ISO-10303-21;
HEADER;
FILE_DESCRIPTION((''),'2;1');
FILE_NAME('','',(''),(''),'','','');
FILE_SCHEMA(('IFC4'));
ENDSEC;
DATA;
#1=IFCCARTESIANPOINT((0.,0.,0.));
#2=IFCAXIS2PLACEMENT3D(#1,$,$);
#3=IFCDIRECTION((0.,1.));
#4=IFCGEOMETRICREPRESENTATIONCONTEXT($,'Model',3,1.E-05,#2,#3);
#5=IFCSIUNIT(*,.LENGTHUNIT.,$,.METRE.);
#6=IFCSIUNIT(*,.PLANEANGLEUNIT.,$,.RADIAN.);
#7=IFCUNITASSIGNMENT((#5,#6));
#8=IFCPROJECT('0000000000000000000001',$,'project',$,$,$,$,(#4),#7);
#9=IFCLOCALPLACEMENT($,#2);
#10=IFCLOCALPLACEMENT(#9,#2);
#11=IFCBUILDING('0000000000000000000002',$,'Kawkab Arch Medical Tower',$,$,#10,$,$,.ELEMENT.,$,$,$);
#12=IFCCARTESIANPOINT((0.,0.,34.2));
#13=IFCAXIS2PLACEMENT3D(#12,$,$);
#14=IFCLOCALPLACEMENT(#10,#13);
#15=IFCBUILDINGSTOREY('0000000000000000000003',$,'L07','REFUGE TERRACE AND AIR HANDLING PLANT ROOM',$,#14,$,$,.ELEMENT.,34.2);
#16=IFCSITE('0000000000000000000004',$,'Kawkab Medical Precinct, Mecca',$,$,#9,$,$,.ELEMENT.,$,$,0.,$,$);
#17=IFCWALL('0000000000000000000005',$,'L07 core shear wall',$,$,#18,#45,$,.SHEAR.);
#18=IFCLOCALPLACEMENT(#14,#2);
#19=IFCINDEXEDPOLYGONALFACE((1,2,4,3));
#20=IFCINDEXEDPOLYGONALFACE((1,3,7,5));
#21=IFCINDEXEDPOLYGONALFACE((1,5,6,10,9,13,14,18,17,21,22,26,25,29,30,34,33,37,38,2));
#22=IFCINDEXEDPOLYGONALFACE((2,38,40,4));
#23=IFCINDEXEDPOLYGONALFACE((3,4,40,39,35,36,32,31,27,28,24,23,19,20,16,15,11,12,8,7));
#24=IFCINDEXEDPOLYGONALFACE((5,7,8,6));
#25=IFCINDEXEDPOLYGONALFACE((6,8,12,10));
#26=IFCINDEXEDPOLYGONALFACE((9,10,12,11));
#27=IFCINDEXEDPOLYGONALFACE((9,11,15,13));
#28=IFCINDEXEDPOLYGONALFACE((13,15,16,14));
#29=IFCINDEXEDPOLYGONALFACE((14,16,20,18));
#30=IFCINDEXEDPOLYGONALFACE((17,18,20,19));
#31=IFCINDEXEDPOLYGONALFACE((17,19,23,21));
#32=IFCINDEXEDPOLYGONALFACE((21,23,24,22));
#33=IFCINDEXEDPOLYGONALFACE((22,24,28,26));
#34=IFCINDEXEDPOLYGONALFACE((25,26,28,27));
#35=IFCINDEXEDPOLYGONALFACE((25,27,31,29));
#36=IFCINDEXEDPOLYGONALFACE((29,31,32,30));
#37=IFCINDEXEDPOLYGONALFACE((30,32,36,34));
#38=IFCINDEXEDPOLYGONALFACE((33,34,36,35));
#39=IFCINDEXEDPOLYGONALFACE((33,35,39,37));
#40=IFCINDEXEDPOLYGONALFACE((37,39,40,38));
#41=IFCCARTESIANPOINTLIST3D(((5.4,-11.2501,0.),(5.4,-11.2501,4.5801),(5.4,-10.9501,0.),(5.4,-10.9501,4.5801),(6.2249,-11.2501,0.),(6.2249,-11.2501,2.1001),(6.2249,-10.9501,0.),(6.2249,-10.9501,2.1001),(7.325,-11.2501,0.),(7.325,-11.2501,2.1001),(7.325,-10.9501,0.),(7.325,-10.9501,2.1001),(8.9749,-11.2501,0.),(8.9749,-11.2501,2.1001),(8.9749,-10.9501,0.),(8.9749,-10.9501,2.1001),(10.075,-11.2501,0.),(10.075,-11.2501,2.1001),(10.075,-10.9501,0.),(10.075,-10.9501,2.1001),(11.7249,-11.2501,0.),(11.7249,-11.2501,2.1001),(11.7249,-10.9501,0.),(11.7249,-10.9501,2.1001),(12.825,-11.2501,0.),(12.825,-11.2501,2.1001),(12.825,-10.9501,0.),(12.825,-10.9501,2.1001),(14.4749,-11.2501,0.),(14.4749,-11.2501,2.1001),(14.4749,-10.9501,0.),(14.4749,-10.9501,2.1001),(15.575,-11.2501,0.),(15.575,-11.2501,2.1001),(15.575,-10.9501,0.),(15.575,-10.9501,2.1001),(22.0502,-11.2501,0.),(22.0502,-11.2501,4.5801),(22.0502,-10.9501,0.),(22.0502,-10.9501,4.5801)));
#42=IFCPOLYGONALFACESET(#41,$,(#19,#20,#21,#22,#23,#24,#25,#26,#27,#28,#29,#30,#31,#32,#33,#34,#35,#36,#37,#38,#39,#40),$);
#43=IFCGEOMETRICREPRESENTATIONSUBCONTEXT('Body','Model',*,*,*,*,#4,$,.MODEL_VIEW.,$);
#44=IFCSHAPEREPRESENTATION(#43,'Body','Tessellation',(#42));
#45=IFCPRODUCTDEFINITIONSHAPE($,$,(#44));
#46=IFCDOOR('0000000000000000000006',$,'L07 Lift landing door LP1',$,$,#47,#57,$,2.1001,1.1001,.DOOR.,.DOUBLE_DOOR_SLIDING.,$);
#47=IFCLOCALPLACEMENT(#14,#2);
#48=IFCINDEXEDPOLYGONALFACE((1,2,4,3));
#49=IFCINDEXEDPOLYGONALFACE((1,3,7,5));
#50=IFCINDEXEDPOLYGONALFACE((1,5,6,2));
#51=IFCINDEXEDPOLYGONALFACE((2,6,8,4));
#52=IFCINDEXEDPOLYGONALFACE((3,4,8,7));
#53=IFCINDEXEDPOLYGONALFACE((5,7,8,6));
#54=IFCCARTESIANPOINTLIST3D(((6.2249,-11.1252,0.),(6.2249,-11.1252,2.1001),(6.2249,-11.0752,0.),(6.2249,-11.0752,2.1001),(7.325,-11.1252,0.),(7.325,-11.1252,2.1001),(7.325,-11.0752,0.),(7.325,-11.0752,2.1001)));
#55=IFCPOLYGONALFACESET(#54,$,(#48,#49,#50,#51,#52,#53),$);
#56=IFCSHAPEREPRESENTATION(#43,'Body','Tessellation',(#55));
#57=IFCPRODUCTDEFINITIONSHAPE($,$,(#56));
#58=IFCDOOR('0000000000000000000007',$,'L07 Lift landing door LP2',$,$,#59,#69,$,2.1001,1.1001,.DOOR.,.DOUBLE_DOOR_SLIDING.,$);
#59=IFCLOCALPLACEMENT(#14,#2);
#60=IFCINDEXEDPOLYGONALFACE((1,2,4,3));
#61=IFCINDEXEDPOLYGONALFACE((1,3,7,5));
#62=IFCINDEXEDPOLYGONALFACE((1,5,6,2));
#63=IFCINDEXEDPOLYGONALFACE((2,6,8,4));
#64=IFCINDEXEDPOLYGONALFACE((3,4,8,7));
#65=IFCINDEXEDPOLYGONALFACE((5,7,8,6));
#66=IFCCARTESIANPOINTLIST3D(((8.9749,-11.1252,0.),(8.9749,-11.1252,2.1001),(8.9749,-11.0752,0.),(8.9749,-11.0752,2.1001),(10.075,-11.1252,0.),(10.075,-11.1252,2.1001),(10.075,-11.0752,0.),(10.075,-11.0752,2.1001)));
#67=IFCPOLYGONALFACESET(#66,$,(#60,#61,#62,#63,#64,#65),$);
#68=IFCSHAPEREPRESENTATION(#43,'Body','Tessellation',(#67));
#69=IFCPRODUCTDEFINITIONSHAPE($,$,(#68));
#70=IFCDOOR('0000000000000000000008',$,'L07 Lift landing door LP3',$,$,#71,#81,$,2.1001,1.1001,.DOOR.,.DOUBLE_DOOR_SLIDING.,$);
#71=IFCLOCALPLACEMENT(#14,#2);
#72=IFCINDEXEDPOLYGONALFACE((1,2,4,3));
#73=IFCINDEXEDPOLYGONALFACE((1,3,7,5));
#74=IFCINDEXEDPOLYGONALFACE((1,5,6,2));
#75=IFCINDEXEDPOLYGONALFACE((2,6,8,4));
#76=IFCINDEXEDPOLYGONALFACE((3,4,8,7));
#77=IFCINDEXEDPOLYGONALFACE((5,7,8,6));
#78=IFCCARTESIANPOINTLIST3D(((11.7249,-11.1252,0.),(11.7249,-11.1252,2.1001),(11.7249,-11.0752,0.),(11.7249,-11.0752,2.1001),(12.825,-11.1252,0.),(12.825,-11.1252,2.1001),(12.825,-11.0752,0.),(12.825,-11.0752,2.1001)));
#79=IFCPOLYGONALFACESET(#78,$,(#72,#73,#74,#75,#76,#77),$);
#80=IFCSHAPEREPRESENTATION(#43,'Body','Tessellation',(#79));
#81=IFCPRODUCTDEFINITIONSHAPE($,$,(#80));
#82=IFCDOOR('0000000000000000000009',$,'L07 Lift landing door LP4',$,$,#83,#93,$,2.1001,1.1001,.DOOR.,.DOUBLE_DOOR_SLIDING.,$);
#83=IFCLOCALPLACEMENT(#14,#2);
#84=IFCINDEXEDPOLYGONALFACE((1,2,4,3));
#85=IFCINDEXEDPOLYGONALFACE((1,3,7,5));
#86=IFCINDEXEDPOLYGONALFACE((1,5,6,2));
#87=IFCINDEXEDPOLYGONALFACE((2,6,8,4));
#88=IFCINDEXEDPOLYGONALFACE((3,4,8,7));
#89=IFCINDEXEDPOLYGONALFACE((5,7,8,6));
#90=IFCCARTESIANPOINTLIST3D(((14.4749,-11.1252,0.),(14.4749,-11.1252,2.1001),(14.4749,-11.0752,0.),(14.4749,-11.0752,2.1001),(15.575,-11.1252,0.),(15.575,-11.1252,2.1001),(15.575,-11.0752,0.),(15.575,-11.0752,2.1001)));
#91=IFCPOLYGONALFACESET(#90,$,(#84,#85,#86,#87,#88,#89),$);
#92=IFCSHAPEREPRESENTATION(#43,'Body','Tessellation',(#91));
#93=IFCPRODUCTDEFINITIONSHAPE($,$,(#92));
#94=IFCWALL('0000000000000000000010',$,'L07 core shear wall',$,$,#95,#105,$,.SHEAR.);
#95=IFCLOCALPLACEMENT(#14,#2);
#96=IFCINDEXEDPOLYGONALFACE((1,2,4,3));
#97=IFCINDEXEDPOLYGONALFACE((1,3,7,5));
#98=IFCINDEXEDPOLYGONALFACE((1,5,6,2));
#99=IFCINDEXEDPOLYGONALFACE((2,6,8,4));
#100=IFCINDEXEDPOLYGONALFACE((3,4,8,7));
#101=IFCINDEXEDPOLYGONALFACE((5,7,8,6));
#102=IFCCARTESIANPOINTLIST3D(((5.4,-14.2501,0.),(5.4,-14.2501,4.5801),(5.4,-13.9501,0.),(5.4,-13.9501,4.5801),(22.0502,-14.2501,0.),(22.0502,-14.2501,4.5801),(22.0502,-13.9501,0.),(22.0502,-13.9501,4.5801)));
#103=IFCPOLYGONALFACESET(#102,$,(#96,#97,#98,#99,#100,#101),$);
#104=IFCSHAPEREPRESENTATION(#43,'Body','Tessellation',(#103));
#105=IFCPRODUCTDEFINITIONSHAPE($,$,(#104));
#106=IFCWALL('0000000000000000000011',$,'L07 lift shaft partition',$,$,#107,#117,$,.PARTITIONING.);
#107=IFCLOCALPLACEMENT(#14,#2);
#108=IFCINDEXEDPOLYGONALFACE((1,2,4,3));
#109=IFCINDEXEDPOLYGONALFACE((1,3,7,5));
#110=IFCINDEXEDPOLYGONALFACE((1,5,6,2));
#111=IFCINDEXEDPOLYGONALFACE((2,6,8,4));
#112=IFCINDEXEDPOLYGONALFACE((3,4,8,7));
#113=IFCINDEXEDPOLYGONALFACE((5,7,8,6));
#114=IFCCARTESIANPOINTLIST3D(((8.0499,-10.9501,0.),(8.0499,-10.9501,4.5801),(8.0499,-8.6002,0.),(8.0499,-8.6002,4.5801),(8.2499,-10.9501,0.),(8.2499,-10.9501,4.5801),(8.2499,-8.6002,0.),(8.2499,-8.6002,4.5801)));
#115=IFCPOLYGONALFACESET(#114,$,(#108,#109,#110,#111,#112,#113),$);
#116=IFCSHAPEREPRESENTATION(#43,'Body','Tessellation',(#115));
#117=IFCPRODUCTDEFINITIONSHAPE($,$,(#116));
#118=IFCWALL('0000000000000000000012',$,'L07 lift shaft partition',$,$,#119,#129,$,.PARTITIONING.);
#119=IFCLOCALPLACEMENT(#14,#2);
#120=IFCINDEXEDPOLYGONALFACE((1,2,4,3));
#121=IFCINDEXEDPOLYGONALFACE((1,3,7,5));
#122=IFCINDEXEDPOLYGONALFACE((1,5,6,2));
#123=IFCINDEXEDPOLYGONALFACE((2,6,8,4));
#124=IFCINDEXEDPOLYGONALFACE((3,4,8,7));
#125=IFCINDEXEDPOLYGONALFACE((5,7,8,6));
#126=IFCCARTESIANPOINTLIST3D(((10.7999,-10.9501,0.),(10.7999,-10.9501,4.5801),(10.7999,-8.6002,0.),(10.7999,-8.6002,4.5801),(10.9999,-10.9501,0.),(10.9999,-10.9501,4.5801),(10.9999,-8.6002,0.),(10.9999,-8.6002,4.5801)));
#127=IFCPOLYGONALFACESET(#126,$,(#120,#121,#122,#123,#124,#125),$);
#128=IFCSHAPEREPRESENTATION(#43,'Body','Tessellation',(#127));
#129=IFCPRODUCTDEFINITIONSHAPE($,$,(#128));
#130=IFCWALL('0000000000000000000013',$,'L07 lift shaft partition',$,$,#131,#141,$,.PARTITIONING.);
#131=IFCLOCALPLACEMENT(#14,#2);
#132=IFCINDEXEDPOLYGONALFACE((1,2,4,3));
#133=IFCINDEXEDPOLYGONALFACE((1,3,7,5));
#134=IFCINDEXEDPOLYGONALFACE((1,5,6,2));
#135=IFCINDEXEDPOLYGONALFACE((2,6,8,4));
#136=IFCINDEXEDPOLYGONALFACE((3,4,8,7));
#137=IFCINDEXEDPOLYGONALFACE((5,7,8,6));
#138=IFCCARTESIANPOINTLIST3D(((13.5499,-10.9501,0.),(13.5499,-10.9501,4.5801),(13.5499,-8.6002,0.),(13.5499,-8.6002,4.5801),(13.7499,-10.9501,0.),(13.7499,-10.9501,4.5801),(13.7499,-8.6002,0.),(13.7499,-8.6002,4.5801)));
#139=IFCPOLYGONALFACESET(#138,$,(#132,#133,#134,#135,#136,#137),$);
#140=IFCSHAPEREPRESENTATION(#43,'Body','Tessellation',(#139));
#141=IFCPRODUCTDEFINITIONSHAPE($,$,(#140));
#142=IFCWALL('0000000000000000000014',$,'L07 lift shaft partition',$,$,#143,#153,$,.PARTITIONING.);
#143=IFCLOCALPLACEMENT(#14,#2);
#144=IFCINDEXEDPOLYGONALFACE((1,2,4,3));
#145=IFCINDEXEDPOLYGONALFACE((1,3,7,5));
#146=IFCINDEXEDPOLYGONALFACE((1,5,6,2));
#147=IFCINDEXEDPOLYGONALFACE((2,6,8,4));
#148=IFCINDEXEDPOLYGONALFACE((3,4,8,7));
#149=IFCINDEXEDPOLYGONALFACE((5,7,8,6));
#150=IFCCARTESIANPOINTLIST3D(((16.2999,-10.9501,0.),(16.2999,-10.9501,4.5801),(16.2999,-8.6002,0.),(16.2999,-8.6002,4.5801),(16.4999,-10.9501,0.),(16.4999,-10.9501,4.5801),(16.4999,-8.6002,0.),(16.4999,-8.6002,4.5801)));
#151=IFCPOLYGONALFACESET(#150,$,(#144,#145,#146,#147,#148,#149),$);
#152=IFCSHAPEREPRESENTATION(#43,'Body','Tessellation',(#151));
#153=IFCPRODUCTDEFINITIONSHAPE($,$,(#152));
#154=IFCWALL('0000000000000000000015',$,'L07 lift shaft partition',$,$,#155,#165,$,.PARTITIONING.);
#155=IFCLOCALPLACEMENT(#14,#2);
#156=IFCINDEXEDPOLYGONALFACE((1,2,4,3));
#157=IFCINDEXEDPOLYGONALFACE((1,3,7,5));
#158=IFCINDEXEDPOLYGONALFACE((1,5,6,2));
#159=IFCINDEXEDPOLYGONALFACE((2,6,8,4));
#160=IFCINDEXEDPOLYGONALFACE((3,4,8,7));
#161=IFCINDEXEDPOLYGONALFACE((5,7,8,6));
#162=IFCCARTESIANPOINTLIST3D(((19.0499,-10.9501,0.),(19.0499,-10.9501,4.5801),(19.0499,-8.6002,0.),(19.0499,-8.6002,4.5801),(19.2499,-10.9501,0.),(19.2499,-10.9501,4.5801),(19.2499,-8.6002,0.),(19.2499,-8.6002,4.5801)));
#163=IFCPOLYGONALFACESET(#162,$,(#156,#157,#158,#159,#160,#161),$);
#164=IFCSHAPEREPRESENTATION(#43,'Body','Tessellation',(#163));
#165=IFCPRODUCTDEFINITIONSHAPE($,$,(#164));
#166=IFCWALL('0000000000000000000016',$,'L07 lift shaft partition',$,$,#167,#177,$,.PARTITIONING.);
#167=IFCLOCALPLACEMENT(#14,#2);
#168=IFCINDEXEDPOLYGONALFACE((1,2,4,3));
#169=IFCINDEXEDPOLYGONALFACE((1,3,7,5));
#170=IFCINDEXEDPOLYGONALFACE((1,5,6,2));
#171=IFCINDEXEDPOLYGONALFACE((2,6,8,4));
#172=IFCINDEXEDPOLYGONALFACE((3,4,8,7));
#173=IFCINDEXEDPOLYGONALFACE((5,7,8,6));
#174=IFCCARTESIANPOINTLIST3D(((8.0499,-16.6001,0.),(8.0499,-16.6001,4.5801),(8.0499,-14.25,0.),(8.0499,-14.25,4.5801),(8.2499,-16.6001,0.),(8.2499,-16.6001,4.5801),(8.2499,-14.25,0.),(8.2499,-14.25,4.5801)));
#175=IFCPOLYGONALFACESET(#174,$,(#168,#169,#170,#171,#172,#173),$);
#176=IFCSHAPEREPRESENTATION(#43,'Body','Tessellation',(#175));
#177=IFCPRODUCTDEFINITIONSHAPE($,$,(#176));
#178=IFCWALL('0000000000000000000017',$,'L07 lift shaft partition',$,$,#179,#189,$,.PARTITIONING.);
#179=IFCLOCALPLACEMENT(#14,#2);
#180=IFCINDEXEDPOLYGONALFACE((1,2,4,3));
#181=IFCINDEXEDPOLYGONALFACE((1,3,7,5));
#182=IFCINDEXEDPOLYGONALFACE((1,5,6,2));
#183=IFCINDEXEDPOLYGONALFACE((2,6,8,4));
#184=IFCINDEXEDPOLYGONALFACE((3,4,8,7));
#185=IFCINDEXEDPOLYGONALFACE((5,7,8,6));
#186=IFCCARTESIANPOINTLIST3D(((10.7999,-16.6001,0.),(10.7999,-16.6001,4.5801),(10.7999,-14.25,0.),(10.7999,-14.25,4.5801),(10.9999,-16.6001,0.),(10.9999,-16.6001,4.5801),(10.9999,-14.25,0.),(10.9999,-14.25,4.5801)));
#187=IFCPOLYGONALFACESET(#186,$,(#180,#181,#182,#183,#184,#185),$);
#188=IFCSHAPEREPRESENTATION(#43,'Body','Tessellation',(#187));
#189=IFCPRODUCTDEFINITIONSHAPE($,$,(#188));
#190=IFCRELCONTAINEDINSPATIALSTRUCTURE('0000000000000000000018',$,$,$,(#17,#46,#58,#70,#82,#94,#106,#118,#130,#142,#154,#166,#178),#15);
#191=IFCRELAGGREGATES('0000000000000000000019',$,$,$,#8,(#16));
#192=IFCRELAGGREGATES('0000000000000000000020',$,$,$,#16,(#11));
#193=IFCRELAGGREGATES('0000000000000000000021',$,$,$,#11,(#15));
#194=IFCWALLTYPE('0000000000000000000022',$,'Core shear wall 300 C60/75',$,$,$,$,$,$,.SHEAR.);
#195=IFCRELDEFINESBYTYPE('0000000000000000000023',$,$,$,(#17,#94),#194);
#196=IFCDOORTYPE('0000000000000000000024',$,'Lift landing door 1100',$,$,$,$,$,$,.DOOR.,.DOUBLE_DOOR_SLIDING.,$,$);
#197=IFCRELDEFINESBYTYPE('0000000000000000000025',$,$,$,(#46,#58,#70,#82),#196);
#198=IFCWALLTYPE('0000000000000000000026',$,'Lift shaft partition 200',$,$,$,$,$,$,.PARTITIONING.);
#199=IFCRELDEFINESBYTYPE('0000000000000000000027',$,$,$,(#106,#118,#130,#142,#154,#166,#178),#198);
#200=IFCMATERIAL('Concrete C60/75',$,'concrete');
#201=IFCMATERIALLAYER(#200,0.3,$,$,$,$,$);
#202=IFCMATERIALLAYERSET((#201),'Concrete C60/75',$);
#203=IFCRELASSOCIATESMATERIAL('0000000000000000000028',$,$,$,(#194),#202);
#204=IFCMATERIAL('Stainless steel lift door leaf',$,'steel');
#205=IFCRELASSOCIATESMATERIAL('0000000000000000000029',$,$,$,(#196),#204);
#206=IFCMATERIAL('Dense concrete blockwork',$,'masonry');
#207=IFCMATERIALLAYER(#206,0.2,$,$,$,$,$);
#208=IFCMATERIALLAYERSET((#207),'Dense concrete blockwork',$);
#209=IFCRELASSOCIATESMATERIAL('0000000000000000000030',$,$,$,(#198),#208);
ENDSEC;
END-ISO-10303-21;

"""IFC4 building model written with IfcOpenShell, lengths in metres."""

from ifc_helpers import new_model, si_unit, direction, frame, frame_2d, origin, place, context, subcontext, project, spatial, rectangle, extrude, material, layer, layer_set, type_object, element, fill, save


model = new_model("IFC4")

# Units and contexts
model_context = context("Model", 3, precision=1e-05, world=origin(), true_north=direction((0.0, 1.0)))
body_context = subcontext(model_context, "Body", "Model", "MODEL_VIEW")
ifc_project = project(units=[si_unit("LENGTHUNIT", "METRE"), si_unit("PLANEANGLEUNIT", "RADIAN")], contexts=[model_context])

# Site, building, storey
site_placement = place(None, origin())
site = spatial("IfcSite", under=ifc_project, at=site_placement, Name="Kawkab Medical Precinct, Mecca", CompositionType="ELEMENT", RefElevation=0.0)
building_placement = place(site_placement, origin())
building = spatial("IfcBuilding", under=site, at=building_placement, Name="Kawkab Arch Medical Tower", CompositionType="ELEMENT")
storey_placement = place(building_placement, frame((0.0, 0.0, 34.2)))
storey = spatial("IfcBuildingStorey", under=building, at=storey_placement, Name="L07", Description="REFUGE TERRACE AND AIR HANDLING PLANT ROOM", CompositionType="ELEMENT", Elevation=34.2)

# Shared definitions
ifc_material_1 = material(Name="Concrete C60/75", Category="concrete")
ifc_layer_1 = layer(ifc_material_1, 0.3)
ifc_layer_set_1 = layer_set([ifc_layer_1], Name="Concrete C60/75")
wall_type_1 = type_object("IfcWallType", Name="Core shear wall 300 C60/75", PredefinedType="SHEAR", material=ifc_layer_set_1)

# Wall, openings, doors
wall_1_placement = place(storey_placement, frame((5.3999, -11.1001, 0.0), z_axis=(0.0, 0.0, 1.0), x_axis=(1.0, 0.0, 0.0)))
wall_1 = element("IfcWall", 1, at=wall_1_placement, inside=storey, type_object=wall_type_1, Name="L07 core shear wall", PredefinedType="SHEAR", context=body_context, shape_type="SweptSolid", body=[
    extrude(rectangle(XDim=16.6501, YDim=0.3, at=frame_2d((8.3252, 0.0))), origin(), (0.0, 0.0, 1.0), 4.5801),
])
opening_1_placement = place(wall_1_placement, frame((0.825, 0.0, 0.0)))
opening_1 = element("IfcOpeningElement", 2, at=opening_1_placement, cuts=wall_1, PredefinedType="OPENING", context=body_context, shape_type="SweptSolid", body=[
    extrude(rectangle(XDim=1.1001, YDim=2.1001, at=frame_2d((0.55, 1.05))), frame((0.0, 0.1599, 0.0), z_axis=(0.0, -1.0, 0.0), x_axis=(1.0, 0.0, 0.0)), (0.0, 0.0, 1.0), 0.3201),
])
opening_2_placement = place(wall_1_placement, frame((3.575, 0.0, 0.0)))
opening_2 = element("IfcOpeningElement", 3, at=opening_2_placement, cuts=wall_1, PredefinedType="OPENING", context=body_context, shape_type="SweptSolid", body=[
    extrude(rectangle(XDim=1.1001, YDim=2.1001, at=frame_2d((0.55, 1.05))), frame((0.0, 0.1599, 0.0), z_axis=(0.0, -1.0, 0.0), x_axis=(1.0, 0.0, 0.0)), (0.0, 0.0, 1.0), 0.3201),
])
opening_3_placement = place(wall_1_placement, frame((6.325, 0.0, 0.0)))
opening_3 = element("IfcOpeningElement", 4, at=opening_3_placement, cuts=wall_1, PredefinedType="OPENING", context=body_context, shape_type="SweptSolid", body=[
    extrude(rectangle(XDim=1.1001, YDim=2.1001, at=frame_2d((0.55, 1.05))), frame((0.0, 0.1599, 0.0), z_axis=(0.0, -1.0, 0.0), x_axis=(1.0, 0.0, 0.0)), (0.0, 0.0, 1.0), 0.3201),
])
opening_4_placement = place(wall_1_placement, frame((9.075, 0.0, 0.0)))
opening_4 = element("IfcOpeningElement", 5, at=opening_4_placement, cuts=wall_1, PredefinedType="OPENING", context=body_context, shape_type="SweptSolid", body=[
    extrude(rectangle(XDim=1.1001, YDim=2.1001, at=frame_2d((0.55, 1.05))), frame((0.0, 0.1599, 0.0), z_axis=(0.0, -1.0, 0.0), x_axis=(1.0, 0.0, 0.0)), (0.0, 0.0, 1.0), 0.3201),
])
ifc_material_2 = material(Name="Stainless steel lift door leaf", Category="steel")
door_type_1 = type_object("IfcDoorType", Name="Lift landing door 1100", OperationType="DOUBLE_DOOR_SLIDING", PredefinedType="DOOR", material=ifc_material_2)
door_1_placement = place(opening_1_placement, origin())
door_1 = element("IfcDoor", 6, at=door_1_placement, inside=storey, type_object=door_type_1, Name="L07 Lift landing door LP1", OperationType="DOUBLE_DOOR_SLIDING", OverallHeight=2.1001, OverallWidth=1.1001, PredefinedType="DOOR", context=body_context, shape_type="SweptSolid", body=[
    extrude(rectangle(XDim=1.1001, YDim=2.1001, at=frame_2d((0.55, 1.05))), frame((0.0, 0.0249, 0.0), z_axis=(0.0, -1.0, 0.0), x_axis=(1.0, 0.0, 0.0)), (0.0, 0.0, 1.0), 0.05),
])
fill(opening_1, door_1)
door_2_placement = place(opening_2_placement, origin())
door_2 = element("IfcDoor", 7, at=door_2_placement, inside=storey, type_object=door_type_1, Name="L07 Lift landing door LP2", OperationType="DOUBLE_DOOR_SLIDING", OverallHeight=2.1001, OverallWidth=1.1001, PredefinedType="DOOR", context=body_context, shape_type="SweptSolid", body=[
    extrude(rectangle(XDim=1.1001, YDim=2.1001, at=frame_2d((0.55, 1.05))), frame((0.0, 0.0249, 0.0), z_axis=(0.0, -1.0, 0.0), x_axis=(1.0, 0.0, 0.0)), (0.0, 0.0, 1.0), 0.05),
])
fill(opening_2, door_2)
door_3_placement = place(opening_3_placement, origin())
door_3 = element("IfcDoor", 8, at=door_3_placement, inside=storey, type_object=door_type_1, Name="L07 Lift landing door LP3", OperationType="DOUBLE_DOOR_SLIDING", OverallHeight=2.1001, OverallWidth=1.1001, PredefinedType="DOOR", context=body_context, shape_type="SweptSolid", body=[
    extrude(rectangle(XDim=1.1001, YDim=2.1001, at=frame_2d((0.55, 1.05))), frame((0.0, 0.0249, 0.0), z_axis=(0.0, -1.0, 0.0), x_axis=(1.0, 0.0, 0.0)), (0.0, 0.0, 1.0), 0.05),
])
fill(opening_3, door_3)
door_4_placement = place(opening_4_placement, origin())
door_4 = element("IfcDoor", 9, at=door_4_placement, inside=storey, type_object=door_type_1, Name="L07 Lift landing door LP4", OperationType="DOUBLE_DOOR_SLIDING", OverallHeight=2.1001, OverallWidth=1.1001, PredefinedType="DOOR", context=body_context, shape_type="SweptSolid", body=[
    extrude(rectangle(XDim=1.1001, YDim=2.1001, at=frame_2d((0.55, 1.05))), frame((0.0, 0.0249, 0.0), z_axis=(0.0, -1.0, 0.0), x_axis=(1.0, 0.0, 0.0)), (0.0, 0.0, 1.0), 0.05),
])
fill(opening_4, door_4)

# Walls
wall_2_placement = place(storey_placement, frame((5.3999, -14.1001, 0.0), z_axis=(0.0, 0.0, 1.0), x_axis=(1.0, 0.0, 0.0)))
element("IfcWall", 10, at=wall_2_placement, inside=storey, type_object=wall_type_1, Name="L07 core shear wall", PredefinedType="SHEAR", context=body_context, shape_type="SweptSolid", body=[
    extrude(rectangle(XDim=16.6501, YDim=0.3, at=frame_2d((8.3252, 0.0))), origin(), (0.0, 0.0, 1.0), 4.5801),
])
ifc_material_3 = material(Name="Dense concrete blockwork", Category="masonry")
ifc_layer_2 = layer(ifc_material_3, 0.2)
ifc_layer_set_2 = layer_set([ifc_layer_2], Name="Dense concrete blockwork")
wall_type_2 = type_object("IfcWallType", Name="Lift shaft partition 200", PredefinedType="PARTITIONING", material=ifc_layer_set_2)
for number, where, z_axis, x_axis, name in (
    (11, (8.1499, -10.95, 0.0), (0.0, 0.0, 1.0), (0.0, 1.0, 0.0), "L07 lift shaft partition"),
    (12, (10.8999, -10.95, 0.0), (0.0, 0.0, 1.0), (0.0, 1.0, 0.0), "L07 lift shaft partition"),
    (13, (13.6499, -10.95, 0.0), (0.0, 0.0, 1.0), (0.0, 1.0, 0.0), "L07 lift shaft partition"),
    (14, (16.3999, -10.95, 0.0), (0.0, 0.0, 1.0), (0.0, 1.0, 0.0), "L07 lift shaft partition"),
    (15, (19.1499, -10.95, 0.0), (0.0, 0.0, 1.0), (0.0, 1.0, 0.0), "L07 lift shaft partition"),
):
    element("IfcWall", number, at=place(storey_placement, frame(where, z_axis=z_axis, x_axis=x_axis)), inside=storey, type_object=wall_type_2, Name=name, PredefinedType="PARTITIONING", context=body_context, shape_type="SweptSolid", body=[
        extrude(rectangle(XDim=2.3499, YDim=0.2, at=frame_2d((1.1748, 0.0))), origin(), (0.0, 0.0, 1.0), 4.5801),
    ])
for number, where, z_axis, x_axis, name in (
    (16, (8.1499, -16.6001, 0.0), (0.0, 0.0, 1.0), (0.0, 1.0, 0.0), "L07 lift shaft partition"),
    (17, (10.8999, -16.6001, 0.0), (0.0, 0.0, 1.0), (0.0, 1.0, 0.0), "L07 lift shaft partition"),
):
    element("IfcWall", number, at=place(storey_placement, frame(where, z_axis=z_axis, x_axis=x_axis)), inside=storey, type_object=wall_type_2, Name=name, PredefinedType="PARTITIONING", context=body_context, shape_type="SweptSolid", body=[
        extrude(rectangle(XDim=2.3501, YDim=0.2, at=frame_2d((1.175, 0.0))), origin(), (0.0, 0.0, 1.0), 4.5801),
    ])

save(model, "model.ifc")
